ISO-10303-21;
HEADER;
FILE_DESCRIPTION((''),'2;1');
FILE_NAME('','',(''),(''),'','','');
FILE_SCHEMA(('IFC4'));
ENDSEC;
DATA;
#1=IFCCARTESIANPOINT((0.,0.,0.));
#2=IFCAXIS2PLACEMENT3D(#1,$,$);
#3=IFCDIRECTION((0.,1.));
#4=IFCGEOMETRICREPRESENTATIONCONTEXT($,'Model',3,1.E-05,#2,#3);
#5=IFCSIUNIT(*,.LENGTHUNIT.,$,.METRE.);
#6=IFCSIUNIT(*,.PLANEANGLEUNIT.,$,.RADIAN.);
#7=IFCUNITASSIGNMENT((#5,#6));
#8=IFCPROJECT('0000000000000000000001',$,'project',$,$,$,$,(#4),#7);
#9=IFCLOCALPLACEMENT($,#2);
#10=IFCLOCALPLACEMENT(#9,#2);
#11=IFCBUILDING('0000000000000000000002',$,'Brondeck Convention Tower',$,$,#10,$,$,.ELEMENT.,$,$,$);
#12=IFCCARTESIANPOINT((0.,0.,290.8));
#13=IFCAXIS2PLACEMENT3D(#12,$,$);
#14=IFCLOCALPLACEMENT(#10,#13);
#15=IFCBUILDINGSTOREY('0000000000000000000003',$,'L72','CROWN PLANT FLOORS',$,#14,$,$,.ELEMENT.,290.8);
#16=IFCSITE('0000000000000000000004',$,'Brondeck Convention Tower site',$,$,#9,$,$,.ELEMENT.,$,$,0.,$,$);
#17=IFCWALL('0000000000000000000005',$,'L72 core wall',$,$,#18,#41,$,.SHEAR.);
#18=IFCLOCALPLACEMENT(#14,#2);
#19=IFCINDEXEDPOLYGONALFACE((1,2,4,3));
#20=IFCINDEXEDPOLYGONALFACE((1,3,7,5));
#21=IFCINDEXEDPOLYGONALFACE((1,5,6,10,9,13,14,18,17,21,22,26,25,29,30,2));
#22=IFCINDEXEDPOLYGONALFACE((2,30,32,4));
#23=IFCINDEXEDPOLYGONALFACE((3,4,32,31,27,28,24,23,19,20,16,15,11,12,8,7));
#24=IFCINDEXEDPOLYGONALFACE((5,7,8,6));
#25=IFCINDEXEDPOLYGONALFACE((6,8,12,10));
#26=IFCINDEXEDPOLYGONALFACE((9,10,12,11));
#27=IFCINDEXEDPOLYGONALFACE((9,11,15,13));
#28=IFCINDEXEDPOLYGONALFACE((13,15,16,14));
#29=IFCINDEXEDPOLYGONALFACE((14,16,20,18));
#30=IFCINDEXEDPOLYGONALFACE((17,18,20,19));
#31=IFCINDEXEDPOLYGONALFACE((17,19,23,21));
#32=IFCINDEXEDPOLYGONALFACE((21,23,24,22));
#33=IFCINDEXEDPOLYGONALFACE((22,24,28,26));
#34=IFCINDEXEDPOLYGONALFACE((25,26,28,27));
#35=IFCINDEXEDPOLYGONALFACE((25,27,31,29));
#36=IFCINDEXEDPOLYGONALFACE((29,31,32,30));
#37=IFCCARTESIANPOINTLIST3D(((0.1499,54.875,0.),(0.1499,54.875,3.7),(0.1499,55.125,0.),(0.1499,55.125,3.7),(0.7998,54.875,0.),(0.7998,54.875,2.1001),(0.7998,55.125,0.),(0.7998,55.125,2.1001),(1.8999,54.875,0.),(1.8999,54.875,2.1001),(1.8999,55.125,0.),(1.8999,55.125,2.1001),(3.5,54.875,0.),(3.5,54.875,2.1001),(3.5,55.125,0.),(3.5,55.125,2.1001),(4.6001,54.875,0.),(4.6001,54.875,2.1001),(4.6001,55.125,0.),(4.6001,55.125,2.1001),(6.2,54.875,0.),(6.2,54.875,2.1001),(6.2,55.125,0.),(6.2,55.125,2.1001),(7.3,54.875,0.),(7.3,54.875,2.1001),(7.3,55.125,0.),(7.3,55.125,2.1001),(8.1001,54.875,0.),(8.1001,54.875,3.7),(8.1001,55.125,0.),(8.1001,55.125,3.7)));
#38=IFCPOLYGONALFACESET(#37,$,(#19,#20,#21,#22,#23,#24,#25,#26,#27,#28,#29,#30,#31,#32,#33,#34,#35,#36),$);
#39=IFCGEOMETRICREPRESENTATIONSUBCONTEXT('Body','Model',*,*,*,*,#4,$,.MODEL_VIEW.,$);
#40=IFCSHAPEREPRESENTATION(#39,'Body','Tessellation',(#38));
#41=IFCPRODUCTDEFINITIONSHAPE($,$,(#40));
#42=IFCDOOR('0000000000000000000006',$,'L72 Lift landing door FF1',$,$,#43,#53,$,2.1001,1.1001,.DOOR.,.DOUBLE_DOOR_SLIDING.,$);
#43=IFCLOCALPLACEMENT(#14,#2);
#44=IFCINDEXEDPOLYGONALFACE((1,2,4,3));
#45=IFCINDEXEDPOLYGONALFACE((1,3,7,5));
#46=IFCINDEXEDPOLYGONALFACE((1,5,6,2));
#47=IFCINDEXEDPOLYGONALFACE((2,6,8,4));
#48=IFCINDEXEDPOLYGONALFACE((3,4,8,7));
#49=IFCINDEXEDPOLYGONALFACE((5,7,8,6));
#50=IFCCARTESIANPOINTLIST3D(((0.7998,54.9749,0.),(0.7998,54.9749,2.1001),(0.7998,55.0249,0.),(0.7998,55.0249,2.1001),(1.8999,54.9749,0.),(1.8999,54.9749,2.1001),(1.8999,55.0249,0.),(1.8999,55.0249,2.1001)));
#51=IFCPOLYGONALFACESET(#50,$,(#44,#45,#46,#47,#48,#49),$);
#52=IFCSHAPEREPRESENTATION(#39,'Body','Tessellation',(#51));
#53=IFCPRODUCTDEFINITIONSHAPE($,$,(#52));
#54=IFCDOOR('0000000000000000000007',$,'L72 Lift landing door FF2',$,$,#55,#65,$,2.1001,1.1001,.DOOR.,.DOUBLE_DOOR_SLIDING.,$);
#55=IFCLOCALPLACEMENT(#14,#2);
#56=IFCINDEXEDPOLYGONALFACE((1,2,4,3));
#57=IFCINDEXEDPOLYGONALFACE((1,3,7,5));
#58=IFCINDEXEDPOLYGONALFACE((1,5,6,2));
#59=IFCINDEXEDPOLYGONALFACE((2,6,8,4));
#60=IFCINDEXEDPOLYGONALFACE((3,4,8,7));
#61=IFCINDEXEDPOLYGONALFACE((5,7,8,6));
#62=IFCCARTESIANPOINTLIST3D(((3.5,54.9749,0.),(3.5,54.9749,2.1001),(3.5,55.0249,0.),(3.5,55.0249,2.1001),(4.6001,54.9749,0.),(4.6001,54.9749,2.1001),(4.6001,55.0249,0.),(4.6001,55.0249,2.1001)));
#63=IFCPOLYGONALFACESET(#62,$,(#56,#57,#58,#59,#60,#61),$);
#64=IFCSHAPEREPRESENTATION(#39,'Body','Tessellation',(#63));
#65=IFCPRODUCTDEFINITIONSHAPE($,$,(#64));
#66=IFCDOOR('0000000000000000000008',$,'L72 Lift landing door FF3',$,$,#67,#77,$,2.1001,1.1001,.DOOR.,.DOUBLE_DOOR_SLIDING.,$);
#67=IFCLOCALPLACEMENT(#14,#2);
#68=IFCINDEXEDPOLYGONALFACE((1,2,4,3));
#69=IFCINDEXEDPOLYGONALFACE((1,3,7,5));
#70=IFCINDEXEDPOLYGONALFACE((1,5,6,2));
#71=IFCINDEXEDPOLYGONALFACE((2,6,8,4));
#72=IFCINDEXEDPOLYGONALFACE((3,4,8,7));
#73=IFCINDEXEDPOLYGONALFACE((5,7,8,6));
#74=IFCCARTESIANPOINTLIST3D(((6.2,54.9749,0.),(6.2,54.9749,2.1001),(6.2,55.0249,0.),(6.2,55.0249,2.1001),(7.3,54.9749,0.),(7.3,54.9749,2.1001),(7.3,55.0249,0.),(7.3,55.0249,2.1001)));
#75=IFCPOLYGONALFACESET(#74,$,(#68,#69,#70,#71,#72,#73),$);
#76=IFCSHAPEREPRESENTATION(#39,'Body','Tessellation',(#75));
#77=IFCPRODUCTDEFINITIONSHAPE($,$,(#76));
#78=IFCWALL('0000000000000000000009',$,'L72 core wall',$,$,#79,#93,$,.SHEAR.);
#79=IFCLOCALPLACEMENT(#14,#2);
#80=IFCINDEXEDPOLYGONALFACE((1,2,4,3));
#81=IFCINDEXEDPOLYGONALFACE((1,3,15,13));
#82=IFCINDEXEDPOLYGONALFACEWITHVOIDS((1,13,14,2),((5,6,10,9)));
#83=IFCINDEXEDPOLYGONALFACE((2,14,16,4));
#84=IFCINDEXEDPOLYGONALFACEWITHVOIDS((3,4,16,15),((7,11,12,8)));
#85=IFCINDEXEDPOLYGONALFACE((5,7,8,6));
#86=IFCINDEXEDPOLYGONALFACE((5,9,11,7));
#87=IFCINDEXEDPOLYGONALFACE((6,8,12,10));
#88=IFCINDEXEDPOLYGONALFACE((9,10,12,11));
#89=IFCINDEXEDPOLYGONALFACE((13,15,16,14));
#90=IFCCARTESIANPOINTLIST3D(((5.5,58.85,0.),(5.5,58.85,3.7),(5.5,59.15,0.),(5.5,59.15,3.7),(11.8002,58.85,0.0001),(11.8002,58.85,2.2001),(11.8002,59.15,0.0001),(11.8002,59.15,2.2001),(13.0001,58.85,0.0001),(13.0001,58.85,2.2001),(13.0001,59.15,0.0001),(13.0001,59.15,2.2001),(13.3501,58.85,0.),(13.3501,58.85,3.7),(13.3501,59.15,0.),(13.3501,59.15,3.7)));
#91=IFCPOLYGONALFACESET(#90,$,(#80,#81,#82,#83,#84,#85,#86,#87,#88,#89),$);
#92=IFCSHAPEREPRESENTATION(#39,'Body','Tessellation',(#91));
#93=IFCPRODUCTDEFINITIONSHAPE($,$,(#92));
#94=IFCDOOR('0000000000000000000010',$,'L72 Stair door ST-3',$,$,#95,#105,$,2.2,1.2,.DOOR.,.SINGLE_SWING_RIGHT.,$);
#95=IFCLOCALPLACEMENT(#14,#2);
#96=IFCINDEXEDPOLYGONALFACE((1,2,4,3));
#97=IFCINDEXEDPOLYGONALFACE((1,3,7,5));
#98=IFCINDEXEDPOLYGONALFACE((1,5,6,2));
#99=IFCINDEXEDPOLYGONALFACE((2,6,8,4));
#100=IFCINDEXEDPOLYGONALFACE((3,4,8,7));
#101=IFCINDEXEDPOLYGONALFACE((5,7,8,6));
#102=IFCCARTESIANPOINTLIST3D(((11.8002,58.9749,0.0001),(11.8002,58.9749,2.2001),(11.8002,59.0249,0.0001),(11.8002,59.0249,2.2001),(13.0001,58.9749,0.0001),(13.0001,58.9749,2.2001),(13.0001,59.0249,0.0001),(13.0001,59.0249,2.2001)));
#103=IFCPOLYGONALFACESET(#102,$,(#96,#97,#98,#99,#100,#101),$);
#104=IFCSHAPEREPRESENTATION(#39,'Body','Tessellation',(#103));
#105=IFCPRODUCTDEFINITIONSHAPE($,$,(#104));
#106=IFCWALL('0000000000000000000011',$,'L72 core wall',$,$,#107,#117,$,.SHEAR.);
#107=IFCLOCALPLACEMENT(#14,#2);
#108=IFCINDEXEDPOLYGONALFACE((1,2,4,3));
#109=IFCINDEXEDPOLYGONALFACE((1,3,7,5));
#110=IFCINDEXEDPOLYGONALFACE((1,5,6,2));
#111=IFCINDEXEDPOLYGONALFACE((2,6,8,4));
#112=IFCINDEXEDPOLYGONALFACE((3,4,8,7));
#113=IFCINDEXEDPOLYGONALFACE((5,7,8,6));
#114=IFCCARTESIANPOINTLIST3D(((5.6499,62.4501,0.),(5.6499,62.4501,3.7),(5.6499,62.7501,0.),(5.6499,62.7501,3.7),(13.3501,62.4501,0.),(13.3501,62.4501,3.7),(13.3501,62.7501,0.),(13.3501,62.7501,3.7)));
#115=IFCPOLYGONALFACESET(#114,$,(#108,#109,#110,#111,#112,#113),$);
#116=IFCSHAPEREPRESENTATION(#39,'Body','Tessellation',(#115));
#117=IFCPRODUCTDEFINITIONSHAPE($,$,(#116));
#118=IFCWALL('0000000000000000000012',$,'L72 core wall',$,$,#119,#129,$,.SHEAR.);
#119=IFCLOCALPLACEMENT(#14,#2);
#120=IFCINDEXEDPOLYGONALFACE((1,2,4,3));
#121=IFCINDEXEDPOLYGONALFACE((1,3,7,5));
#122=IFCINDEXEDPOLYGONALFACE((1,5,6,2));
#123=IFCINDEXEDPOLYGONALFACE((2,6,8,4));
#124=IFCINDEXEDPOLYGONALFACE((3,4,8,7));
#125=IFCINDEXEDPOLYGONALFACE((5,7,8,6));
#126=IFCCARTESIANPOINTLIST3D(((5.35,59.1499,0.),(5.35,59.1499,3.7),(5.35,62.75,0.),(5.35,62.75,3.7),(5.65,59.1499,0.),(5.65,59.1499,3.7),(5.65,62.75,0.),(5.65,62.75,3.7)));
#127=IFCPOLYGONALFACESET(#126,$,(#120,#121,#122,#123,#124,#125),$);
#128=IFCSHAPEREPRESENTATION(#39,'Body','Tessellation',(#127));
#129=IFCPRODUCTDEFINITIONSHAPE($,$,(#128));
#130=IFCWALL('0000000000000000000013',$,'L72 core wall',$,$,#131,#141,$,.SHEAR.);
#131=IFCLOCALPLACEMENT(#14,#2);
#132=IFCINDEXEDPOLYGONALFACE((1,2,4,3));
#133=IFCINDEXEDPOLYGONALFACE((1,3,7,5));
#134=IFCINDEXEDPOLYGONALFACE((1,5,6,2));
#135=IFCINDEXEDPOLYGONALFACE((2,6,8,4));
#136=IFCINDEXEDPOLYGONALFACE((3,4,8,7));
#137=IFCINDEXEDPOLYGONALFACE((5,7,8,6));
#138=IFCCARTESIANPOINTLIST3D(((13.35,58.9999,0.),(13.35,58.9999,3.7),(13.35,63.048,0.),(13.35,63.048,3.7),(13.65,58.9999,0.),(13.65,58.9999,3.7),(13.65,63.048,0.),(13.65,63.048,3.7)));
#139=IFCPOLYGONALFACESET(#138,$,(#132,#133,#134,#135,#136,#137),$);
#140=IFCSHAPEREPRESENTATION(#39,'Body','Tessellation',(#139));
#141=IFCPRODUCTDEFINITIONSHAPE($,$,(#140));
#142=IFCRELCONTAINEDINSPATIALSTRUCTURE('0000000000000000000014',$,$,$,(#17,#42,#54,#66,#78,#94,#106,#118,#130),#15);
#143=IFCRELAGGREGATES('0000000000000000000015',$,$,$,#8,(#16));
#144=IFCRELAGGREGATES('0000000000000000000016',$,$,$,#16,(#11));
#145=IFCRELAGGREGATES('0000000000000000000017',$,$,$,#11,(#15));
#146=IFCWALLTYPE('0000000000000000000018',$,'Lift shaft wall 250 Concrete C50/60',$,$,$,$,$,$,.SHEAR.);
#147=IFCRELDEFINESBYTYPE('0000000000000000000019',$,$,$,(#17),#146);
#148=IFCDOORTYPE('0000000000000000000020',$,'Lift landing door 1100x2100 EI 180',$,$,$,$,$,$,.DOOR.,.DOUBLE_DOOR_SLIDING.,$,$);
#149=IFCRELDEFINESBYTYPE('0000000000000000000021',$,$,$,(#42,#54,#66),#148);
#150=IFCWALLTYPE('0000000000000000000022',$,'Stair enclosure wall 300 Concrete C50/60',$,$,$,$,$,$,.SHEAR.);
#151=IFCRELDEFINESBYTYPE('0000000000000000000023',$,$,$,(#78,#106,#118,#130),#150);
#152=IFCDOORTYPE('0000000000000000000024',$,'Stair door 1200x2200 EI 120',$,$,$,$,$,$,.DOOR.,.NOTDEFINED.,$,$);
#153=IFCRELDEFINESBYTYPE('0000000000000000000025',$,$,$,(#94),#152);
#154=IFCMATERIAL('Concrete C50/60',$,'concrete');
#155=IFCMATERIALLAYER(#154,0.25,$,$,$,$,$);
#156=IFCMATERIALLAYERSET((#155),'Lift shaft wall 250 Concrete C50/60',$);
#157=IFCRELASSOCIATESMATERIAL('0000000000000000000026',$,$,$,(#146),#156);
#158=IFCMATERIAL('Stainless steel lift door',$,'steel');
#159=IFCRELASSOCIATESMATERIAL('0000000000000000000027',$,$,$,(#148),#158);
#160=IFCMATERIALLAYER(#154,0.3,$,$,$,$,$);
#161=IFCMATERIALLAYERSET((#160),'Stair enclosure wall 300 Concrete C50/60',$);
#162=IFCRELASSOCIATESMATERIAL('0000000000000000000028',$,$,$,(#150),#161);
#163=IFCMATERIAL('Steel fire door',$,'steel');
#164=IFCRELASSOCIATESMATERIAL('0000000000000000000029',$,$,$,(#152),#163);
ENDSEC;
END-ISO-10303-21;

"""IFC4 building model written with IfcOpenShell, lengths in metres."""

from ifc_helpers import new_model, si_unit, direction, frame, frame_2d, origin, place, context, subcontext, project, spatial, rectangle, extrude, material, layer, layer_set, type_object, element, fill, save


model = new_model("IFC4")

# Units and contexts
model_context = context("Model", 3, precision=1e-05, world=origin(), true_north=direction((0.0, 1.0)))
body_context = subcontext(model_context, "Body", "Model", "MODEL_VIEW")
ifc_project = project(units=[si_unit("LENGTHUNIT", "METRE"), si_unit("PLANEANGLEUNIT", "RADIAN")], contexts=[model_context])

# Site, building, storey
site_placement = place(None, origin())
site = spatial("IfcSite", under=ifc_project, at=site_placement, Name="Brondeck Convention Tower site", CompositionType="ELEMENT", RefElevation=0.0)
building_placement = place(site_placement, origin())
building = spatial("IfcBuilding", under=site, at=building_placement, Name="Brondeck Convention Tower", CompositionType="ELEMENT")
storey_placement = place(building_placement, frame((0.0, 0.0, 290.8)))
storey = spatial("IfcBuildingStorey", under=building, at=storey_placement, Name="L72", Description="CROWN PLANT FLOORS", CompositionType="ELEMENT", Elevation=290.8)

# Shared definitions
ifc_material_1 = material(Name="Concrete C50/60", Category="concrete")

# Wall, openings, doors
ifc_layer_1 = layer(ifc_material_1, 0.25)
ifc_layer_set_1 = layer_set([ifc_layer_1], Name="Lift shaft wall 250 Concrete C50/60")
wall_type_1 = type_object("IfcWallType", Name="Lift shaft wall 250 Concrete C50/60", PredefinedType="SHEAR", material=ifc_layer_set_1)
wall_1_placement = place(storey_placement, frame((0.1499, 55.0, 0.0), z_axis=(0.0, 0.0, 1.0), x_axis=(1.0, 0.0, 0.0)))
wall_1 = element("IfcWall", 1, at=wall_1_placement, inside=storey, type_object=wall_type_1, Name="L72 core wall", PredefinedType="SHEAR", context=body_context, shape_type="SweptSolid", body=[
    extrude(rectangle(XDim=7.9502, YDim=0.25, at=frame_2d((3.9751, 0.0))), origin(), (0.0, 0.0, 1.0), 3.7),
])
opening_1_placement = place(wall_1_placement, frame((0.6499, 0.0, 0.0)))
opening_1 = element("IfcOpeningElement", 2, at=opening_1_placement, cuts=wall_1, PredefinedType="OPENING", context=body_context, shape_type="SweptSolid", body=[
    extrude(rectangle(XDim=1.1001, YDim=2.1001, at=frame_2d((0.55, 1.05))), frame((0.0, 0.135, 0.0), z_axis=(0.0, -1.0, 0.0), x_axis=(1.0, 0.0, 0.0)), (0.0, 0.0, 1.0), 0.27),
])
opening_2_placement = place(wall_1_placement, frame((3.3501, 0.0, 0.0)))
opening_2 = element("IfcOpeningElement", 3, at=opening_2_placement, cuts=wall_1, PredefinedType="OPENING", context=body_context, shape_type="SweptSolid", body=[
    extrude(rectangle(XDim=1.1001, YDim=2.1001, at=frame_2d((0.55, 1.05))), frame((0.0, 0.135, 0.0), z_axis=(0.0, -1.0, 0.0), x_axis=(1.0, 0.0, 0.0)), (0.0, 0.0, 1.0), 0.27),
])
opening_3_placement = place(wall_1_placement, frame((6.05, 0.0, 0.0)))
opening_3 = element("IfcOpeningElement", 4, at=opening_3_placement, cuts=wall_1, PredefinedType="OPENING", context=body_context, shape_type="SweptSolid", body=[
    extrude(rectangle(XDim=1.1001, YDim=2.1001, at=frame_2d((0.55, 1.05))), frame((0.0, 0.135, 0.0), z_axis=(0.0, -1.0, 0.0), x_axis=(1.0, 0.0, 0.0)), (0.0, 0.0, 1.0), 0.27),
])
ifc_material_2 = material(Name="Stainless steel lift door", Category="steel")
door_type_1 = type_object("IfcDoorType", Name="Lift landing door 1100x2100 EI 180", OperationType="DOUBLE_DOOR_SLIDING", PredefinedType="DOOR", material=ifc_material_2)
door_1_placement = place(opening_1_placement, origin())
door_1 = element("IfcDoor", 5, at=door_1_placement, inside=storey, type_object=door_type_1, Name="L72 Lift landing door FF1", OperationType="DOUBLE_DOOR_SLIDING", OverallHeight=2.1001, OverallWidth=1.1001, PredefinedType="DOOR", context=body_context, shape_type="SweptSolid", body=[
    extrude(rectangle(XDim=1.1001, YDim=2.1001, at=frame_2d((0.55, 1.05))), frame((0.0, 0.0249, 0.0), z_axis=(0.0, -1.0, 0.0), x_axis=(1.0, 0.0, 0.0)), (0.0, 0.0, 1.0), 0.05),
])
fill(opening_1, door_1)
door_2_placement = place(opening_2_placement, origin())
door_2 = element("IfcDoor", 6, at=door_2_placement, inside=storey, type_object=door_type_1, Name="L72 Lift landing door FF2", OperationType="DOUBLE_DOOR_SLIDING", OverallHeight=2.1001, OverallWidth=1.1001, PredefinedType="DOOR", context=body_context, shape_type="SweptSolid", body=[
    extrude(rectangle(XDim=1.1001, YDim=2.1001, at=frame_2d((0.55, 1.05))), frame((0.0, 0.0249, 0.0), z_axis=(0.0, -1.0, 0.0), x_axis=(1.0, 0.0, 0.0)), (0.0, 0.0, 1.0), 0.05),
])
fill(opening_2, door_2)
door_3_placement = place(opening_3_placement, origin())
door_3 = element("IfcDoor", 7, at=door_3_placement, inside=storey, type_object=door_type_1, Name="L72 Lift landing door FF3", OperationType="DOUBLE_DOOR_SLIDING", OverallHeight=2.1001, OverallWidth=1.1001, PredefinedType="DOOR", context=body_context, shape_type="SweptSolid", body=[
    extrude(rectangle(XDim=1.1001, YDim=2.1001, at=frame_2d((0.55, 1.05))), frame((0.0, 0.0249, 0.0), z_axis=(0.0, -1.0, 0.0), x_axis=(1.0, 0.0, 0.0)), (0.0, 0.0, 1.0), 0.05),
])
fill(opening_3, door_3)

# Wall, opening, door
ifc_layer_2 = layer(ifc_material_1, 0.3)
ifc_layer_set_2 = layer_set([ifc_layer_2], Name="Stair enclosure wall 300 Concrete C50/60")
wall_type_2 = type_object("IfcWallType", Name="Stair enclosure wall 300 Concrete C50/60", PredefinedType="SHEAR", material=ifc_layer_set_2)
wall_2_placement = place(storey_placement, frame((5.5, 59.0, 0.0), z_axis=(0.0, 0.0, 1.0), x_axis=(1.0, 0.0, 0.0)))
wall_2 = element("IfcWall", 8, at=wall_2_placement, inside=storey, type_object=wall_type_2, Name="L72 core wall", PredefinedType="SHEAR", context=body_context, shape_type="SweptSolid", body=[
    extrude(rectangle(XDim=7.8501, YDim=0.3, at=frame_2d((3.925, 0.0))), origin(), (0.0, 0.0, 1.0), 3.7),
])
opening_4_placement = place(wall_2_placement, frame((6.3, 0.0, 0.0)))
opening_4 = element("IfcOpeningElement", 9, at=opening_4_placement, cuts=wall_2, PredefinedType="OPENING", context=body_context, shape_type="SweptSolid", body=[
    extrude(rectangle(XDim=1.2, YDim=2.2, at=frame_2d((0.6001, 1.1001))), frame((0.0, 0.1599, 0.0), z_axis=(0.0, -1.0, 0.0), x_axis=(1.0, 0.0, 0.0)), (0.0, 0.0, 1.0), 0.3201),
])
ifc_material_3 = material(Name="Steel fire door", Category="steel")
door_type_2 = type_object("IfcDoorType", Name="Stair door 1200x2200 EI 120", OperationType="NOTDEFINED", PredefinedType="DOOR", material=ifc_material_3)
door_4_placement = place(opening_4_placement, origin())
door_4 = element("IfcDoor", 10, at=door_4_placement, inside=storey, type_object=door_type_2, Name="L72 Stair door ST-3", OperationType="SINGLE_SWING_RIGHT", OverallHeight=2.2, OverallWidth=1.2, PredefinedType="DOOR", context=body_context, shape_type="SweptSolid", body=[
    extrude(rectangle(XDim=1.2, YDim=2.2, at=frame_2d((0.6001, 1.1001))), frame((0.0, 0.0249, 0.0), z_axis=(0.0, -1.0, 0.0), x_axis=(1.0, 0.0, 0.0)), (0.0, 0.0, 1.0), 0.05),
])
fill(opening_4, door_4)

# Walls
wall_3_placement = place(storey_placement, frame((5.6499, 62.6001, 0.0), z_axis=(0.0, 0.0, 1.0), x_axis=(1.0, 0.0, 0.0)))
element("IfcWall", 11, at=wall_3_placement, inside=storey, type_object=wall_type_2, Name="L72 core wall", PredefinedType="SHEAR", context=body_context, shape_type="SweptSolid", body=[
    extrude(rectangle(XDim=7.7002, YDim=0.3, at=frame_2d((3.8501, 0.0))), origin(), (0.0, 0.0, 1.0), 3.7),
])
wall_4_placement = place(storey_placement, frame((5.5, 59.1499, 0.0), z_axis=(0.0, 0.0, 1.0), x_axis=(0.0, 1.0, 0.0)))
element("IfcWall", 12, at=wall_4_placement, inside=storey, type_object=wall_type_2, Name="L72 core wall", PredefinedType="SHEAR", context=body_context, shape_type="SweptSolid", body=[
    extrude(rectangle(XDim=3.6001, YDim=0.3, at=frame_2d((1.8, 0.0))), origin(), (0.0, 0.0, 1.0), 3.7),
])
wall_5_placement = place(storey_placement, frame((13.5, 59.0, 0.0), z_axis=(0.0, 0.0, 1.0), x_axis=(0.0, 1.0, 0.0)))
element("IfcWall", 13, at=wall_5_placement, inside=storey, type_object=wall_type_2, Name="L72 core wall", PredefinedType="SHEAR", context=body_context, shape_type="SweptSolid", body=[
    extrude(rectangle(XDim=4.0481, YDim=0.3, at=frame_2d((2.0239, 0.0))), origin(), (0.0, 0.0, 1.0), 3.7),
])

save(model, "model.ifc")
